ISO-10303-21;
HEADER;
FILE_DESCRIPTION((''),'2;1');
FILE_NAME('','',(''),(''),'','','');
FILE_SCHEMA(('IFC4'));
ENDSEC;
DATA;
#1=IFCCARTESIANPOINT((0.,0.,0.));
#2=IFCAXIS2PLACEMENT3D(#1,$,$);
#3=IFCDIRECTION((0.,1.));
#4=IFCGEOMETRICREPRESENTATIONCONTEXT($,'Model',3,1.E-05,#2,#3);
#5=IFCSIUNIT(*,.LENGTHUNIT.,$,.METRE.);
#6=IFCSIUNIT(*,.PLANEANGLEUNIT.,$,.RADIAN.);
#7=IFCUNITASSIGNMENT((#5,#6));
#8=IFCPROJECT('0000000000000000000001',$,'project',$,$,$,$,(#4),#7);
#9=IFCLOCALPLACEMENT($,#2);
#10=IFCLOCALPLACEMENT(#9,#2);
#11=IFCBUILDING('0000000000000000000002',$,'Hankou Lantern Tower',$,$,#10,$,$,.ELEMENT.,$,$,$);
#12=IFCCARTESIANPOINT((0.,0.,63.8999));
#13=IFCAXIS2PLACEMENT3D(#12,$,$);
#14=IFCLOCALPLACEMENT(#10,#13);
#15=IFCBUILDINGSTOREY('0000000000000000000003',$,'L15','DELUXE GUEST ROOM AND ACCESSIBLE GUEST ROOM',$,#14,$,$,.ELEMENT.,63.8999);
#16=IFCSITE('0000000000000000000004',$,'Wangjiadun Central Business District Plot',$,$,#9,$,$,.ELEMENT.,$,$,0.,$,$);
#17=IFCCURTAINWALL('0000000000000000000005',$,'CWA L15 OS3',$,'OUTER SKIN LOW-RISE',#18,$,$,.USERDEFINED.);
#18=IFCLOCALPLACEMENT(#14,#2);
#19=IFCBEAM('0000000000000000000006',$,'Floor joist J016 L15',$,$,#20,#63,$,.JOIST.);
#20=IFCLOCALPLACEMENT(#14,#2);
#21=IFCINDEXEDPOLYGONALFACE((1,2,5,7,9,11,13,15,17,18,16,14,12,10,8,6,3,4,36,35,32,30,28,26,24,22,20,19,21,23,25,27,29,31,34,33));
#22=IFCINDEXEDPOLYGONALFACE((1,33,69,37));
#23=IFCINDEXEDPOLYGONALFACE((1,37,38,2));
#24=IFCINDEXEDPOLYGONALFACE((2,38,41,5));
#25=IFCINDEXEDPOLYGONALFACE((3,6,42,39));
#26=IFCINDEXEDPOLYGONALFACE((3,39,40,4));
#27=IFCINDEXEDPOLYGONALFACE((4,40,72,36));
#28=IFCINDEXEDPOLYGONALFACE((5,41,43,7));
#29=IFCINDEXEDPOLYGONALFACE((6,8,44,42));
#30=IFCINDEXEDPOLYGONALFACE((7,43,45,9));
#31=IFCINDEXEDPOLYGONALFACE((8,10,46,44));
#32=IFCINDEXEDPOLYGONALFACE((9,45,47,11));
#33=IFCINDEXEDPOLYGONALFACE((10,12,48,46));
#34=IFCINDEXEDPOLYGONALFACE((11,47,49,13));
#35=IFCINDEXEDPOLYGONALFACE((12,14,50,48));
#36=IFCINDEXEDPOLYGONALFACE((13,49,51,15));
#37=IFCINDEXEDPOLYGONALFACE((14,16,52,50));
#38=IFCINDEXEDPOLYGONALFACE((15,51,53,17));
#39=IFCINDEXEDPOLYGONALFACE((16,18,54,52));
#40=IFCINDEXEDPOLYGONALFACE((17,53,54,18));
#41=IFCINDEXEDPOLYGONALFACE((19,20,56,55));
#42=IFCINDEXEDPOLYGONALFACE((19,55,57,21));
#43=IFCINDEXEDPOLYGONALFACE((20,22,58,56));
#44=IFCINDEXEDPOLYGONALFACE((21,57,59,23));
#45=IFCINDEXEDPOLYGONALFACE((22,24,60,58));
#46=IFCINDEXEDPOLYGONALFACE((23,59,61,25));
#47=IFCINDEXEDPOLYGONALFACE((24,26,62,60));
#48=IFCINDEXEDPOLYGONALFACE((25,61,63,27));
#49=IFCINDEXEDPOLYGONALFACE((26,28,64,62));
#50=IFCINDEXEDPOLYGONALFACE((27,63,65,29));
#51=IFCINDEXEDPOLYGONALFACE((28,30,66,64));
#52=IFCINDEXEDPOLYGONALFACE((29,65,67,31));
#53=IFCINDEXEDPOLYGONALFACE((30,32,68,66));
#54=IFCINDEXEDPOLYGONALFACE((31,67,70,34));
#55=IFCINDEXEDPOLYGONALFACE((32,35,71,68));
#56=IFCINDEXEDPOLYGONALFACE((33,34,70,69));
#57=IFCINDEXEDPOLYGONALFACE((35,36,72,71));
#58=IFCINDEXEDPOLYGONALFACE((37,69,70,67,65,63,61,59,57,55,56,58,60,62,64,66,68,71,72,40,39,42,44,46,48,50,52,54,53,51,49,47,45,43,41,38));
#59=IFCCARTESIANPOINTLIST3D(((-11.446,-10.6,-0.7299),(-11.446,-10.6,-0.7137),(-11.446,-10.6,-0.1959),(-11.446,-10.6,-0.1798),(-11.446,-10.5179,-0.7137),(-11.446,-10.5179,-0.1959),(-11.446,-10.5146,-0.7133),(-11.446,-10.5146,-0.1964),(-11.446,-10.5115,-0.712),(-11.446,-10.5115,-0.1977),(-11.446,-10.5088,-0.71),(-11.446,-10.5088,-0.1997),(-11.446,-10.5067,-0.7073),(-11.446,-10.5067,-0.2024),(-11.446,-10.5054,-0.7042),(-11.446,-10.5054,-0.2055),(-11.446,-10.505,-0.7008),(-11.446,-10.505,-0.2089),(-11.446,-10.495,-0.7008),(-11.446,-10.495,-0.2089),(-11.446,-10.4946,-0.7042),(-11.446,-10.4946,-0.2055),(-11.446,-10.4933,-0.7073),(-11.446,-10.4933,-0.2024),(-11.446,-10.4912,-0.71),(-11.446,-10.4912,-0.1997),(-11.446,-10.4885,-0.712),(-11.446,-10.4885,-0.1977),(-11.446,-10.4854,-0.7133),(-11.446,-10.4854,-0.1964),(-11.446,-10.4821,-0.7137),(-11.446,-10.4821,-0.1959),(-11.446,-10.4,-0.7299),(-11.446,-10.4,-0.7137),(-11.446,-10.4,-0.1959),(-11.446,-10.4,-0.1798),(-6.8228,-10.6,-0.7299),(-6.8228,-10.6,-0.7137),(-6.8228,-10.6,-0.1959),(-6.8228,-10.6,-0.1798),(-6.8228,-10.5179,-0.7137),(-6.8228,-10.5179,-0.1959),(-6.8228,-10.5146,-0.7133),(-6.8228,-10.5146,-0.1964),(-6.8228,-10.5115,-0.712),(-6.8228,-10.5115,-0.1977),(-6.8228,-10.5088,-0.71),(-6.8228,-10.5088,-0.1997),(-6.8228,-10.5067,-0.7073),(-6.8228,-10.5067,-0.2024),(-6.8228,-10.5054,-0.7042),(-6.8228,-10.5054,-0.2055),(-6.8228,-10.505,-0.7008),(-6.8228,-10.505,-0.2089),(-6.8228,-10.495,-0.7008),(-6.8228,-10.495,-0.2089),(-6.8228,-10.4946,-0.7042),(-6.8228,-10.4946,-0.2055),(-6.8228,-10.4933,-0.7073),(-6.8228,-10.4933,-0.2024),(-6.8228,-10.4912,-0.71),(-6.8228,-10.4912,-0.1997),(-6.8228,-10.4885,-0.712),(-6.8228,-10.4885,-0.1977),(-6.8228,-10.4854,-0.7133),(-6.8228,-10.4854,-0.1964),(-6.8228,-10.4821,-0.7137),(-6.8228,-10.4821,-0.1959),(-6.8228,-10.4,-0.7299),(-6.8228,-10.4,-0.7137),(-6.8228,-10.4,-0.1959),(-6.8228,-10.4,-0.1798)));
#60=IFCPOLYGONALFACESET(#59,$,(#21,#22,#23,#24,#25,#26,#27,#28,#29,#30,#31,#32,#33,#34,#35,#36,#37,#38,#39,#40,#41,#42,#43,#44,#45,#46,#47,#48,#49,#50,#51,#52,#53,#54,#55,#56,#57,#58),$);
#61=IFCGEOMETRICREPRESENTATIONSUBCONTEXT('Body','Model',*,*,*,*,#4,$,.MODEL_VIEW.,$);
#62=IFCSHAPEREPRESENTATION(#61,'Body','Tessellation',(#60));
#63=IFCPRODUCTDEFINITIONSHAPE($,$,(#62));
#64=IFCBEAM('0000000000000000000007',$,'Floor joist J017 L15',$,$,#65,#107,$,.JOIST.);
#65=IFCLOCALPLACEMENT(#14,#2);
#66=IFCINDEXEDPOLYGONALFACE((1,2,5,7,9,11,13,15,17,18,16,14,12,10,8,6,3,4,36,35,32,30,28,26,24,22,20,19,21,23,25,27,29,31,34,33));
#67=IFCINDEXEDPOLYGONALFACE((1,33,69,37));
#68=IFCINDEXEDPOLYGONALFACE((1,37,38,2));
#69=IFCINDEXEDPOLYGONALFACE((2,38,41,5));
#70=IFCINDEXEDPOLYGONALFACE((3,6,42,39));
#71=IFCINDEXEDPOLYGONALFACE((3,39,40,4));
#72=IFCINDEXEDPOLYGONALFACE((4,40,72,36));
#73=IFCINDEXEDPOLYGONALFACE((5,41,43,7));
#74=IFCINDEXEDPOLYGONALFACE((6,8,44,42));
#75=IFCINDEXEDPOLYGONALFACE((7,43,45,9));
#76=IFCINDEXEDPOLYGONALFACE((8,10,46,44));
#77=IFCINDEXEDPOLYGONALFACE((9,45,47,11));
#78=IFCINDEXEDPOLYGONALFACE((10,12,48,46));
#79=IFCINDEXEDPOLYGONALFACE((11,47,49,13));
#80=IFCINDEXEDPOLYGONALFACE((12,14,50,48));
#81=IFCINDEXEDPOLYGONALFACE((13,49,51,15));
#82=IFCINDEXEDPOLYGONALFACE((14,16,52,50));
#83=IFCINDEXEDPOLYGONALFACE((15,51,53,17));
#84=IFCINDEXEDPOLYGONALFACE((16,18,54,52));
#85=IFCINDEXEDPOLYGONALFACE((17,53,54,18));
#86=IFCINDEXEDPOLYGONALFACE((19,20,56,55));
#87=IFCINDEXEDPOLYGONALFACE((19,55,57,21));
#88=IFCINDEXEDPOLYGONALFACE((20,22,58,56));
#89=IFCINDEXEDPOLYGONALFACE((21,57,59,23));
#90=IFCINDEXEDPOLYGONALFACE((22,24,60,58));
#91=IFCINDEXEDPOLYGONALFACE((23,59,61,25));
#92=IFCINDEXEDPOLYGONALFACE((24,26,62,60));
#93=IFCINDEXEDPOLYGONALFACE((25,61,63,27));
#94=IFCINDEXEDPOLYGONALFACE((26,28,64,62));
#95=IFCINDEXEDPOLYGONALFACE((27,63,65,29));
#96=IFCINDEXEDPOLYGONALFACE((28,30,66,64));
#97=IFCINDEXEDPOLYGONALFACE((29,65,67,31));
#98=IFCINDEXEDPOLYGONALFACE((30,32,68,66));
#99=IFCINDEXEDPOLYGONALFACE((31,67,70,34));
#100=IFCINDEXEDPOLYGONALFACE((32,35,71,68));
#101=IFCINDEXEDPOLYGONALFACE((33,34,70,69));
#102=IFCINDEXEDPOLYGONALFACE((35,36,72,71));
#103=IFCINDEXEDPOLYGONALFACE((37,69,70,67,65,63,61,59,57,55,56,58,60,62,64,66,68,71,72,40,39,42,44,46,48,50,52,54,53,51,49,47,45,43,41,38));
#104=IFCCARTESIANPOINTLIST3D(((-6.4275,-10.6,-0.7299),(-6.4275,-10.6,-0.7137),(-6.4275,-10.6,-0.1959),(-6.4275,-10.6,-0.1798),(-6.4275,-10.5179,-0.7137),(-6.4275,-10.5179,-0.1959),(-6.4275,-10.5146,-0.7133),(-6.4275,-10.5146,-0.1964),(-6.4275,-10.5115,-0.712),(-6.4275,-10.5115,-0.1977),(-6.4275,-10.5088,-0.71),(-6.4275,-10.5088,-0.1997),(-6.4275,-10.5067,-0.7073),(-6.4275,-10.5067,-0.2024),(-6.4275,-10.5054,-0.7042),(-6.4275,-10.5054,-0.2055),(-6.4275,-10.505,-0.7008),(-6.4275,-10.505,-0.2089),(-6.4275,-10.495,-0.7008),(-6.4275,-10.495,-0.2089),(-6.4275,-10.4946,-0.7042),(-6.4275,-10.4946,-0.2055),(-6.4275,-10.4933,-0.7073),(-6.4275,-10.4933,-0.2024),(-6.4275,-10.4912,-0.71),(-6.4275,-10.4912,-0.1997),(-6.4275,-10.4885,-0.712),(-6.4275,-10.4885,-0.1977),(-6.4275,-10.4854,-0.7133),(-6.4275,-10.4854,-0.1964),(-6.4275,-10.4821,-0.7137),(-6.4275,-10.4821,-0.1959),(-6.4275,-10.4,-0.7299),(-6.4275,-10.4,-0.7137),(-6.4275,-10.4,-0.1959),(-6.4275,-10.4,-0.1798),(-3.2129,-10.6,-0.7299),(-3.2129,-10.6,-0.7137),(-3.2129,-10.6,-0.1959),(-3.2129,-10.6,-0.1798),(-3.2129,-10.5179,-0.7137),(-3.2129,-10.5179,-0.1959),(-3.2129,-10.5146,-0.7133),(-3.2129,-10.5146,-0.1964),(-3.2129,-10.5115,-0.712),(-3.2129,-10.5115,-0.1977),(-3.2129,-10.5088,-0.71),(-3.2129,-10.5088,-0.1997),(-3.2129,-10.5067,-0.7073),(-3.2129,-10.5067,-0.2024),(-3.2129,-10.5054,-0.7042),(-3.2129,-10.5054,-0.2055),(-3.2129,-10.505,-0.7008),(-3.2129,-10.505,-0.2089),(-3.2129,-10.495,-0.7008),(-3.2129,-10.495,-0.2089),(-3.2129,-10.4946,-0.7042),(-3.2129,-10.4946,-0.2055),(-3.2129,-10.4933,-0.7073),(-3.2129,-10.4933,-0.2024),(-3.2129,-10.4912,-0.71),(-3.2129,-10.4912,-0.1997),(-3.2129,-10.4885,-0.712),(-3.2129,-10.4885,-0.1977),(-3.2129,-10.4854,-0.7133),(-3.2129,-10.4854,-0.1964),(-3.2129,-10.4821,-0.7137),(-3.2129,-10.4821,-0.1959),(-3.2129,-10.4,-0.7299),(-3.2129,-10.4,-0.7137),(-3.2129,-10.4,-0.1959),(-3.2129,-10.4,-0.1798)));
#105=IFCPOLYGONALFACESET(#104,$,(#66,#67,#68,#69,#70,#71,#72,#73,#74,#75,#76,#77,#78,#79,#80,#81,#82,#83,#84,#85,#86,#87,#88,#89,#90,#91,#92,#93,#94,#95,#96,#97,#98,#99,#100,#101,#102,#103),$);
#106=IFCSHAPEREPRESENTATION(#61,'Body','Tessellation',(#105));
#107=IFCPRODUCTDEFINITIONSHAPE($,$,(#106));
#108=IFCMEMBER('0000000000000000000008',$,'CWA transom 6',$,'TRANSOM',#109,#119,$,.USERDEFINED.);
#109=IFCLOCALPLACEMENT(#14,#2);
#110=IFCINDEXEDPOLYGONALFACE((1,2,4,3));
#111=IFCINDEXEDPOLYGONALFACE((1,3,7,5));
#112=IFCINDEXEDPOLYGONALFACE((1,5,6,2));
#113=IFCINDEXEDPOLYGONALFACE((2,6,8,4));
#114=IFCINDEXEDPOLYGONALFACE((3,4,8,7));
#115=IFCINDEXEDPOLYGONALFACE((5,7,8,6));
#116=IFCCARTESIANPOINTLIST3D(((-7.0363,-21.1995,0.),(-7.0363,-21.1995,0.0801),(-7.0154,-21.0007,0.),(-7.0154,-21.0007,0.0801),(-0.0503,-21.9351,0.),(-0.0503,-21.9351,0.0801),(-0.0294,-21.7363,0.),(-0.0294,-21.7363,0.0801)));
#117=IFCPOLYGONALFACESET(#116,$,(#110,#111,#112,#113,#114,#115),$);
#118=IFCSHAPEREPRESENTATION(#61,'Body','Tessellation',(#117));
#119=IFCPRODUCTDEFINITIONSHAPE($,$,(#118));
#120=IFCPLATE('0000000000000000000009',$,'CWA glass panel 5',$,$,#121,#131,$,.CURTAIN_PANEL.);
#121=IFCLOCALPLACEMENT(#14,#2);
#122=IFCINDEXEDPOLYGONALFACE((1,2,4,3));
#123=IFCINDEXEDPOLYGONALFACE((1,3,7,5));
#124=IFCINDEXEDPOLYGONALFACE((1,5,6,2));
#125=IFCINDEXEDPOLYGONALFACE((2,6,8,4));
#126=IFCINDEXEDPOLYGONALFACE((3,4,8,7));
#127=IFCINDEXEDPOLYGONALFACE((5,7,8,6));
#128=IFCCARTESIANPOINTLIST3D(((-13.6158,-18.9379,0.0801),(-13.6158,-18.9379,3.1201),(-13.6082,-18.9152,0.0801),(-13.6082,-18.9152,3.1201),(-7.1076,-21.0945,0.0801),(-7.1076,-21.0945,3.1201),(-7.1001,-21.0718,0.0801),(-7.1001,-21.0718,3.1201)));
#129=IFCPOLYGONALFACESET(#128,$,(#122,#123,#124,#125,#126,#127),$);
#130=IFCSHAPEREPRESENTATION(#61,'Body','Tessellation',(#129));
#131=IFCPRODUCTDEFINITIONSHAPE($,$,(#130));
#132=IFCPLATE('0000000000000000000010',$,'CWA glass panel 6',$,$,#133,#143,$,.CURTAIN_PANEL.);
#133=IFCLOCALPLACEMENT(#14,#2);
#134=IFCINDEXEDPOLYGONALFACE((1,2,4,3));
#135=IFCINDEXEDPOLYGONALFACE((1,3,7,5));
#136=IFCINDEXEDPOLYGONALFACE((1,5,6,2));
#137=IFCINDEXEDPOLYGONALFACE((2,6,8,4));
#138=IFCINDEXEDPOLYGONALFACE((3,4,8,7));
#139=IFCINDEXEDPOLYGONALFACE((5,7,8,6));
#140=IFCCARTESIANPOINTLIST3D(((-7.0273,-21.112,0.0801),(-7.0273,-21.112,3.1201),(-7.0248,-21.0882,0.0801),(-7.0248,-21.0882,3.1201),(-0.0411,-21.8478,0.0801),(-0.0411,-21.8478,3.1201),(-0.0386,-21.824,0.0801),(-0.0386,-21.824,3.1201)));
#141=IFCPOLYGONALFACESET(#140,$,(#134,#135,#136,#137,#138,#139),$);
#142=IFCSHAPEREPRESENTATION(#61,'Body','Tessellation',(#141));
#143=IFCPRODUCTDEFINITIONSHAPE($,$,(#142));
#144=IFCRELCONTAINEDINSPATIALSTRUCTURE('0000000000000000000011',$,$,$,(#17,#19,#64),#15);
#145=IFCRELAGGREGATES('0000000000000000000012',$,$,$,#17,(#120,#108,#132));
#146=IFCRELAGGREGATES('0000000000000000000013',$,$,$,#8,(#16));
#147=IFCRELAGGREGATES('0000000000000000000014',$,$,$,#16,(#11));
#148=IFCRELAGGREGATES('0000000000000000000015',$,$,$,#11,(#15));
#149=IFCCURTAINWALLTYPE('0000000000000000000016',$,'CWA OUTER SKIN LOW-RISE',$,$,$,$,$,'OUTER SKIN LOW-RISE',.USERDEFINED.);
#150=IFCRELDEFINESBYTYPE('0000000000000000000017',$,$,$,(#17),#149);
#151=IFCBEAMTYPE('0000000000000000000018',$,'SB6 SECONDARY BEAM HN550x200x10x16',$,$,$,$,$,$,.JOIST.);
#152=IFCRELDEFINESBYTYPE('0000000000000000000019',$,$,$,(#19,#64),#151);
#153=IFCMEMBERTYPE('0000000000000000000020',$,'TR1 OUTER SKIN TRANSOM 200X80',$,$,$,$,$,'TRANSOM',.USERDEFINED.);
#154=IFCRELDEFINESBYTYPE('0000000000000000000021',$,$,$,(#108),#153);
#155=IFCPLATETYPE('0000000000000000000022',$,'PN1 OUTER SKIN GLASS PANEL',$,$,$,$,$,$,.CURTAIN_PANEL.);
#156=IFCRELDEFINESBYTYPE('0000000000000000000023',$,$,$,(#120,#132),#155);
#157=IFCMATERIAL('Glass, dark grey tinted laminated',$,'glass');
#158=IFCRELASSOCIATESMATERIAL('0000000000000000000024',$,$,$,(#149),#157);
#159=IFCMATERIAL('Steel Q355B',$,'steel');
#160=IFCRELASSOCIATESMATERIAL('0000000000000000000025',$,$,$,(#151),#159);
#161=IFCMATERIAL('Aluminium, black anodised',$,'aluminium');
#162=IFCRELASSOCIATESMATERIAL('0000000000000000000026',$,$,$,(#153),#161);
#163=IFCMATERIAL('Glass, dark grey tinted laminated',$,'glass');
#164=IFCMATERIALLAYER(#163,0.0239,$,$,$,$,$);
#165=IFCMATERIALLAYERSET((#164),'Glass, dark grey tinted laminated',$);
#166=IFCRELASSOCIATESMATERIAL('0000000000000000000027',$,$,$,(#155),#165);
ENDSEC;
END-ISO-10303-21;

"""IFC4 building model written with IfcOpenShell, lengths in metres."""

from ifc_helpers import new_model, si_unit, direction, frame, origin, origin_2d, place, context, subcontext, project, spatial, rectangle, i_section, extrude, material, layer, layer_set, material_profile, profile_set, type_object, element, aggregate, save


model = new_model("IFC4")

# Units and contexts
model_context = context("Model", 3, precision=1e-05, world=origin(), true_north=direction((0.0, 1.0)))
body_context = subcontext(model_context, "Body", "Model", "MODEL_VIEW")
ifc_project = project(units=[si_unit("LENGTHUNIT", "METRE"), si_unit("PLANEANGLEUNIT", "RADIAN")], contexts=[model_context])

# Site, building, storey
site_placement = place(None, origin())
site = spatial("IfcSite", under=ifc_project, at=site_placement, Name="Wangjiadun Central Business District Plot", CompositionType="ELEMENT", RefElevation=0.0)
building_placement = place(site_placement, origin())
building = spatial("IfcBuilding", under=site, at=building_placement, Name="Hankou Lantern Tower", CompositionType="ELEMENT")
storey_placement = place(building_placement, frame((0.0, 0.0, 63.8999)))
storey = spatial("IfcBuildingStorey", under=building, at=storey_placement, Name="L15", Description="DELUXE GUEST ROOM AND ACCESSIBLE GUEST ROOM", CompositionType="ELEMENT", Elevation=63.8999)

# Curtain wall
ifc_material_1 = material(Name="Glass, dark grey tinted laminated", Category="glass")
curtain_wall_type = type_object("IfcCurtainWallType", Name="CWA OUTER SKIN LOW-RISE", ElementType="OUTER SKIN LOW-RISE", PredefinedType="USERDEFINED", material=ifc_material_1)
curtain_wall_placement = place(storey_placement, origin())
curtain_wall = element("IfcCurtainWall", 1, at=curtain_wall_placement, inside=storey, type_object=curtain_wall_type, Name="CWA L15 OS3", ObjectType="OUTER SKIN LOW-RISE", PredefinedType="USERDEFINED")

# Beams
ifc_material_2 = material(Name="Steel Q355B", Category="steel")
ifc_material_profile_1 = material_profile(ifc_material_2, i_section(OverallWidth=0.2, OverallDepth=0.55, WebThickness=0.01, FlangeThickness=0.0161, FilletRadius=0.0129, at=origin_2d()), Name="HN550x200x10x16")
ifc_profile_set_1 = profile_set([ifc_material_profile_1], Name="Steel Q355B")
beam_type_1 = type_object("IfcBeamType", Name="SB6 SECONDARY BEAM HN550x200x10x16", PredefinedType="JOIST", material=ifc_profile_set_1)
beam_1_placement = place(storey_placement, frame((-11.446, -10.5, -0.4548), z_axis=(1.0, 0.0, 0.0), x_axis=(0.0, 1.0, 0.0)))
element("IfcBeam", 2, at=beam_1_placement, inside=storey, type_object=beam_type_1, Name="Floor joist J016 L15", PredefinedType="JOIST", context=body_context, shape_type="SweptSolid", body=[
    extrude(i_section(OverallWidth=0.2, OverallDepth=0.55, WebThickness=0.01, FlangeThickness=0.0161, FilletRadius=0.0129, at=origin_2d()), origin(), (0.0, 0.0, 1.0), 4.6233),
])
beam_2_placement = place(storey_placement, frame((-6.4275, -10.5, -0.4548), z_axis=(1.0, 0.0, 0.0), x_axis=(0.0, 1.0, 0.0)))
element("IfcBeam", 3, at=beam_2_placement, inside=storey, type_object=beam_type_1, Name="Floor joist J017 L15", PredefinedType="JOIST", context=body_context, shape_type="SweptSolid", body=[
    extrude(i_section(OverallWidth=0.2, OverallDepth=0.55, WebThickness=0.01, FlangeThickness=0.0161, FilletRadius=0.0129, at=origin_2d()), origin(), (0.0, 0.0, 1.0), 3.2146),
])

# Member
ifc_material_3 = material(Name="Aluminium, black anodised", Category="aluminium")
ifc_material_profile_2 = material_profile(ifc_material_3, rectangle(XDim=0.2, YDim=0.0801, at=origin_2d()), Name="TR1 200X80")
ifc_profile_set_2 = profile_set([ifc_material_profile_2], Name="Aluminium, black anodised")
member_type_1 = type_object("IfcMemberType", Name="TR1 OUTER SKIN TRANSOM 200X80", ElementType="TRANSOM", PredefinedType="USERDEFINED", material=ifc_profile_set_2)
member_1_placement = place(storey_placement, frame((-7.0259, -21.1001, 0.04), z_axis=(0.994502, -0.104716, 0.0), x_axis=(0.104716, 0.994502, 0.0)))
member_1 = element("IfcMember", 4, at=member_1_placement, type_object=member_type_1, Name="CWA transom 6", ObjectType="TRANSOM", PredefinedType="USERDEFINED", context=body_context, shape_type="SweptSolid", body=[
    extrude(rectangle(XDim=0.2, YDim=0.0801, at=origin_2d()), origin(), (0.0, 0.0, 1.0), 7.0247),
])

# Plates
ifc_material_4 = material(Name="Glass, dark grey tinted laminated", Category="glass")
ifc_layer_1 = layer(ifc_material_4, 0.0239)
ifc_layer_set_1 = layer_set([ifc_layer_1], Name="Glass, dark grey tinted laminated")
plate_type = type_object("IfcPlateType", Name="PN1 OUTER SKIN GLASS PANEL", PredefinedType="CURTAIN_PANEL", material=ifc_layer_set_1)
plate_1_placement = place(storey_placement, frame((-10.3579, -20.0049, 0.0801), z_axis=(0.0, 0.0, 1.0), x_axis=(0.949241, -0.314551, 0.0)))
plate_1 = element("IfcPlate", 5, at=plate_1_placement, type_object=plate_type, Name="CWA glass panel 5", PredefinedType="CURTAIN_PANEL", context=body_context, shape_type="SweptSolid", body=[
    extrude(rectangle(XDim=6.8562, YDim=0.0239, at=origin_2d()), origin(), (0.0, 0.0, 1.0), 3.04),
])
plate_2_placement = place(storey_placement, frame((-3.533, -21.468, 0.0801), z_axis=(0.0, 0.0, 1.0), x_axis=(0.994499, -0.104743, 0.0)))
plate_2 = element("IfcPlate", 6, at=plate_2_placement, type_object=plate_type, Name="CWA glass panel 6", PredefinedType="CURTAIN_PANEL", context=body_context, shape_type="SweptSolid", body=[
    extrude(rectangle(XDim=7.0249, YDim=0.0239, at=origin_2d()), origin(), (0.0, 0.0, 1.0), 3.04),
])
aggregate(curtain_wall, [plate_1, member_1, plate_2])

save(model, "model.ifc")
